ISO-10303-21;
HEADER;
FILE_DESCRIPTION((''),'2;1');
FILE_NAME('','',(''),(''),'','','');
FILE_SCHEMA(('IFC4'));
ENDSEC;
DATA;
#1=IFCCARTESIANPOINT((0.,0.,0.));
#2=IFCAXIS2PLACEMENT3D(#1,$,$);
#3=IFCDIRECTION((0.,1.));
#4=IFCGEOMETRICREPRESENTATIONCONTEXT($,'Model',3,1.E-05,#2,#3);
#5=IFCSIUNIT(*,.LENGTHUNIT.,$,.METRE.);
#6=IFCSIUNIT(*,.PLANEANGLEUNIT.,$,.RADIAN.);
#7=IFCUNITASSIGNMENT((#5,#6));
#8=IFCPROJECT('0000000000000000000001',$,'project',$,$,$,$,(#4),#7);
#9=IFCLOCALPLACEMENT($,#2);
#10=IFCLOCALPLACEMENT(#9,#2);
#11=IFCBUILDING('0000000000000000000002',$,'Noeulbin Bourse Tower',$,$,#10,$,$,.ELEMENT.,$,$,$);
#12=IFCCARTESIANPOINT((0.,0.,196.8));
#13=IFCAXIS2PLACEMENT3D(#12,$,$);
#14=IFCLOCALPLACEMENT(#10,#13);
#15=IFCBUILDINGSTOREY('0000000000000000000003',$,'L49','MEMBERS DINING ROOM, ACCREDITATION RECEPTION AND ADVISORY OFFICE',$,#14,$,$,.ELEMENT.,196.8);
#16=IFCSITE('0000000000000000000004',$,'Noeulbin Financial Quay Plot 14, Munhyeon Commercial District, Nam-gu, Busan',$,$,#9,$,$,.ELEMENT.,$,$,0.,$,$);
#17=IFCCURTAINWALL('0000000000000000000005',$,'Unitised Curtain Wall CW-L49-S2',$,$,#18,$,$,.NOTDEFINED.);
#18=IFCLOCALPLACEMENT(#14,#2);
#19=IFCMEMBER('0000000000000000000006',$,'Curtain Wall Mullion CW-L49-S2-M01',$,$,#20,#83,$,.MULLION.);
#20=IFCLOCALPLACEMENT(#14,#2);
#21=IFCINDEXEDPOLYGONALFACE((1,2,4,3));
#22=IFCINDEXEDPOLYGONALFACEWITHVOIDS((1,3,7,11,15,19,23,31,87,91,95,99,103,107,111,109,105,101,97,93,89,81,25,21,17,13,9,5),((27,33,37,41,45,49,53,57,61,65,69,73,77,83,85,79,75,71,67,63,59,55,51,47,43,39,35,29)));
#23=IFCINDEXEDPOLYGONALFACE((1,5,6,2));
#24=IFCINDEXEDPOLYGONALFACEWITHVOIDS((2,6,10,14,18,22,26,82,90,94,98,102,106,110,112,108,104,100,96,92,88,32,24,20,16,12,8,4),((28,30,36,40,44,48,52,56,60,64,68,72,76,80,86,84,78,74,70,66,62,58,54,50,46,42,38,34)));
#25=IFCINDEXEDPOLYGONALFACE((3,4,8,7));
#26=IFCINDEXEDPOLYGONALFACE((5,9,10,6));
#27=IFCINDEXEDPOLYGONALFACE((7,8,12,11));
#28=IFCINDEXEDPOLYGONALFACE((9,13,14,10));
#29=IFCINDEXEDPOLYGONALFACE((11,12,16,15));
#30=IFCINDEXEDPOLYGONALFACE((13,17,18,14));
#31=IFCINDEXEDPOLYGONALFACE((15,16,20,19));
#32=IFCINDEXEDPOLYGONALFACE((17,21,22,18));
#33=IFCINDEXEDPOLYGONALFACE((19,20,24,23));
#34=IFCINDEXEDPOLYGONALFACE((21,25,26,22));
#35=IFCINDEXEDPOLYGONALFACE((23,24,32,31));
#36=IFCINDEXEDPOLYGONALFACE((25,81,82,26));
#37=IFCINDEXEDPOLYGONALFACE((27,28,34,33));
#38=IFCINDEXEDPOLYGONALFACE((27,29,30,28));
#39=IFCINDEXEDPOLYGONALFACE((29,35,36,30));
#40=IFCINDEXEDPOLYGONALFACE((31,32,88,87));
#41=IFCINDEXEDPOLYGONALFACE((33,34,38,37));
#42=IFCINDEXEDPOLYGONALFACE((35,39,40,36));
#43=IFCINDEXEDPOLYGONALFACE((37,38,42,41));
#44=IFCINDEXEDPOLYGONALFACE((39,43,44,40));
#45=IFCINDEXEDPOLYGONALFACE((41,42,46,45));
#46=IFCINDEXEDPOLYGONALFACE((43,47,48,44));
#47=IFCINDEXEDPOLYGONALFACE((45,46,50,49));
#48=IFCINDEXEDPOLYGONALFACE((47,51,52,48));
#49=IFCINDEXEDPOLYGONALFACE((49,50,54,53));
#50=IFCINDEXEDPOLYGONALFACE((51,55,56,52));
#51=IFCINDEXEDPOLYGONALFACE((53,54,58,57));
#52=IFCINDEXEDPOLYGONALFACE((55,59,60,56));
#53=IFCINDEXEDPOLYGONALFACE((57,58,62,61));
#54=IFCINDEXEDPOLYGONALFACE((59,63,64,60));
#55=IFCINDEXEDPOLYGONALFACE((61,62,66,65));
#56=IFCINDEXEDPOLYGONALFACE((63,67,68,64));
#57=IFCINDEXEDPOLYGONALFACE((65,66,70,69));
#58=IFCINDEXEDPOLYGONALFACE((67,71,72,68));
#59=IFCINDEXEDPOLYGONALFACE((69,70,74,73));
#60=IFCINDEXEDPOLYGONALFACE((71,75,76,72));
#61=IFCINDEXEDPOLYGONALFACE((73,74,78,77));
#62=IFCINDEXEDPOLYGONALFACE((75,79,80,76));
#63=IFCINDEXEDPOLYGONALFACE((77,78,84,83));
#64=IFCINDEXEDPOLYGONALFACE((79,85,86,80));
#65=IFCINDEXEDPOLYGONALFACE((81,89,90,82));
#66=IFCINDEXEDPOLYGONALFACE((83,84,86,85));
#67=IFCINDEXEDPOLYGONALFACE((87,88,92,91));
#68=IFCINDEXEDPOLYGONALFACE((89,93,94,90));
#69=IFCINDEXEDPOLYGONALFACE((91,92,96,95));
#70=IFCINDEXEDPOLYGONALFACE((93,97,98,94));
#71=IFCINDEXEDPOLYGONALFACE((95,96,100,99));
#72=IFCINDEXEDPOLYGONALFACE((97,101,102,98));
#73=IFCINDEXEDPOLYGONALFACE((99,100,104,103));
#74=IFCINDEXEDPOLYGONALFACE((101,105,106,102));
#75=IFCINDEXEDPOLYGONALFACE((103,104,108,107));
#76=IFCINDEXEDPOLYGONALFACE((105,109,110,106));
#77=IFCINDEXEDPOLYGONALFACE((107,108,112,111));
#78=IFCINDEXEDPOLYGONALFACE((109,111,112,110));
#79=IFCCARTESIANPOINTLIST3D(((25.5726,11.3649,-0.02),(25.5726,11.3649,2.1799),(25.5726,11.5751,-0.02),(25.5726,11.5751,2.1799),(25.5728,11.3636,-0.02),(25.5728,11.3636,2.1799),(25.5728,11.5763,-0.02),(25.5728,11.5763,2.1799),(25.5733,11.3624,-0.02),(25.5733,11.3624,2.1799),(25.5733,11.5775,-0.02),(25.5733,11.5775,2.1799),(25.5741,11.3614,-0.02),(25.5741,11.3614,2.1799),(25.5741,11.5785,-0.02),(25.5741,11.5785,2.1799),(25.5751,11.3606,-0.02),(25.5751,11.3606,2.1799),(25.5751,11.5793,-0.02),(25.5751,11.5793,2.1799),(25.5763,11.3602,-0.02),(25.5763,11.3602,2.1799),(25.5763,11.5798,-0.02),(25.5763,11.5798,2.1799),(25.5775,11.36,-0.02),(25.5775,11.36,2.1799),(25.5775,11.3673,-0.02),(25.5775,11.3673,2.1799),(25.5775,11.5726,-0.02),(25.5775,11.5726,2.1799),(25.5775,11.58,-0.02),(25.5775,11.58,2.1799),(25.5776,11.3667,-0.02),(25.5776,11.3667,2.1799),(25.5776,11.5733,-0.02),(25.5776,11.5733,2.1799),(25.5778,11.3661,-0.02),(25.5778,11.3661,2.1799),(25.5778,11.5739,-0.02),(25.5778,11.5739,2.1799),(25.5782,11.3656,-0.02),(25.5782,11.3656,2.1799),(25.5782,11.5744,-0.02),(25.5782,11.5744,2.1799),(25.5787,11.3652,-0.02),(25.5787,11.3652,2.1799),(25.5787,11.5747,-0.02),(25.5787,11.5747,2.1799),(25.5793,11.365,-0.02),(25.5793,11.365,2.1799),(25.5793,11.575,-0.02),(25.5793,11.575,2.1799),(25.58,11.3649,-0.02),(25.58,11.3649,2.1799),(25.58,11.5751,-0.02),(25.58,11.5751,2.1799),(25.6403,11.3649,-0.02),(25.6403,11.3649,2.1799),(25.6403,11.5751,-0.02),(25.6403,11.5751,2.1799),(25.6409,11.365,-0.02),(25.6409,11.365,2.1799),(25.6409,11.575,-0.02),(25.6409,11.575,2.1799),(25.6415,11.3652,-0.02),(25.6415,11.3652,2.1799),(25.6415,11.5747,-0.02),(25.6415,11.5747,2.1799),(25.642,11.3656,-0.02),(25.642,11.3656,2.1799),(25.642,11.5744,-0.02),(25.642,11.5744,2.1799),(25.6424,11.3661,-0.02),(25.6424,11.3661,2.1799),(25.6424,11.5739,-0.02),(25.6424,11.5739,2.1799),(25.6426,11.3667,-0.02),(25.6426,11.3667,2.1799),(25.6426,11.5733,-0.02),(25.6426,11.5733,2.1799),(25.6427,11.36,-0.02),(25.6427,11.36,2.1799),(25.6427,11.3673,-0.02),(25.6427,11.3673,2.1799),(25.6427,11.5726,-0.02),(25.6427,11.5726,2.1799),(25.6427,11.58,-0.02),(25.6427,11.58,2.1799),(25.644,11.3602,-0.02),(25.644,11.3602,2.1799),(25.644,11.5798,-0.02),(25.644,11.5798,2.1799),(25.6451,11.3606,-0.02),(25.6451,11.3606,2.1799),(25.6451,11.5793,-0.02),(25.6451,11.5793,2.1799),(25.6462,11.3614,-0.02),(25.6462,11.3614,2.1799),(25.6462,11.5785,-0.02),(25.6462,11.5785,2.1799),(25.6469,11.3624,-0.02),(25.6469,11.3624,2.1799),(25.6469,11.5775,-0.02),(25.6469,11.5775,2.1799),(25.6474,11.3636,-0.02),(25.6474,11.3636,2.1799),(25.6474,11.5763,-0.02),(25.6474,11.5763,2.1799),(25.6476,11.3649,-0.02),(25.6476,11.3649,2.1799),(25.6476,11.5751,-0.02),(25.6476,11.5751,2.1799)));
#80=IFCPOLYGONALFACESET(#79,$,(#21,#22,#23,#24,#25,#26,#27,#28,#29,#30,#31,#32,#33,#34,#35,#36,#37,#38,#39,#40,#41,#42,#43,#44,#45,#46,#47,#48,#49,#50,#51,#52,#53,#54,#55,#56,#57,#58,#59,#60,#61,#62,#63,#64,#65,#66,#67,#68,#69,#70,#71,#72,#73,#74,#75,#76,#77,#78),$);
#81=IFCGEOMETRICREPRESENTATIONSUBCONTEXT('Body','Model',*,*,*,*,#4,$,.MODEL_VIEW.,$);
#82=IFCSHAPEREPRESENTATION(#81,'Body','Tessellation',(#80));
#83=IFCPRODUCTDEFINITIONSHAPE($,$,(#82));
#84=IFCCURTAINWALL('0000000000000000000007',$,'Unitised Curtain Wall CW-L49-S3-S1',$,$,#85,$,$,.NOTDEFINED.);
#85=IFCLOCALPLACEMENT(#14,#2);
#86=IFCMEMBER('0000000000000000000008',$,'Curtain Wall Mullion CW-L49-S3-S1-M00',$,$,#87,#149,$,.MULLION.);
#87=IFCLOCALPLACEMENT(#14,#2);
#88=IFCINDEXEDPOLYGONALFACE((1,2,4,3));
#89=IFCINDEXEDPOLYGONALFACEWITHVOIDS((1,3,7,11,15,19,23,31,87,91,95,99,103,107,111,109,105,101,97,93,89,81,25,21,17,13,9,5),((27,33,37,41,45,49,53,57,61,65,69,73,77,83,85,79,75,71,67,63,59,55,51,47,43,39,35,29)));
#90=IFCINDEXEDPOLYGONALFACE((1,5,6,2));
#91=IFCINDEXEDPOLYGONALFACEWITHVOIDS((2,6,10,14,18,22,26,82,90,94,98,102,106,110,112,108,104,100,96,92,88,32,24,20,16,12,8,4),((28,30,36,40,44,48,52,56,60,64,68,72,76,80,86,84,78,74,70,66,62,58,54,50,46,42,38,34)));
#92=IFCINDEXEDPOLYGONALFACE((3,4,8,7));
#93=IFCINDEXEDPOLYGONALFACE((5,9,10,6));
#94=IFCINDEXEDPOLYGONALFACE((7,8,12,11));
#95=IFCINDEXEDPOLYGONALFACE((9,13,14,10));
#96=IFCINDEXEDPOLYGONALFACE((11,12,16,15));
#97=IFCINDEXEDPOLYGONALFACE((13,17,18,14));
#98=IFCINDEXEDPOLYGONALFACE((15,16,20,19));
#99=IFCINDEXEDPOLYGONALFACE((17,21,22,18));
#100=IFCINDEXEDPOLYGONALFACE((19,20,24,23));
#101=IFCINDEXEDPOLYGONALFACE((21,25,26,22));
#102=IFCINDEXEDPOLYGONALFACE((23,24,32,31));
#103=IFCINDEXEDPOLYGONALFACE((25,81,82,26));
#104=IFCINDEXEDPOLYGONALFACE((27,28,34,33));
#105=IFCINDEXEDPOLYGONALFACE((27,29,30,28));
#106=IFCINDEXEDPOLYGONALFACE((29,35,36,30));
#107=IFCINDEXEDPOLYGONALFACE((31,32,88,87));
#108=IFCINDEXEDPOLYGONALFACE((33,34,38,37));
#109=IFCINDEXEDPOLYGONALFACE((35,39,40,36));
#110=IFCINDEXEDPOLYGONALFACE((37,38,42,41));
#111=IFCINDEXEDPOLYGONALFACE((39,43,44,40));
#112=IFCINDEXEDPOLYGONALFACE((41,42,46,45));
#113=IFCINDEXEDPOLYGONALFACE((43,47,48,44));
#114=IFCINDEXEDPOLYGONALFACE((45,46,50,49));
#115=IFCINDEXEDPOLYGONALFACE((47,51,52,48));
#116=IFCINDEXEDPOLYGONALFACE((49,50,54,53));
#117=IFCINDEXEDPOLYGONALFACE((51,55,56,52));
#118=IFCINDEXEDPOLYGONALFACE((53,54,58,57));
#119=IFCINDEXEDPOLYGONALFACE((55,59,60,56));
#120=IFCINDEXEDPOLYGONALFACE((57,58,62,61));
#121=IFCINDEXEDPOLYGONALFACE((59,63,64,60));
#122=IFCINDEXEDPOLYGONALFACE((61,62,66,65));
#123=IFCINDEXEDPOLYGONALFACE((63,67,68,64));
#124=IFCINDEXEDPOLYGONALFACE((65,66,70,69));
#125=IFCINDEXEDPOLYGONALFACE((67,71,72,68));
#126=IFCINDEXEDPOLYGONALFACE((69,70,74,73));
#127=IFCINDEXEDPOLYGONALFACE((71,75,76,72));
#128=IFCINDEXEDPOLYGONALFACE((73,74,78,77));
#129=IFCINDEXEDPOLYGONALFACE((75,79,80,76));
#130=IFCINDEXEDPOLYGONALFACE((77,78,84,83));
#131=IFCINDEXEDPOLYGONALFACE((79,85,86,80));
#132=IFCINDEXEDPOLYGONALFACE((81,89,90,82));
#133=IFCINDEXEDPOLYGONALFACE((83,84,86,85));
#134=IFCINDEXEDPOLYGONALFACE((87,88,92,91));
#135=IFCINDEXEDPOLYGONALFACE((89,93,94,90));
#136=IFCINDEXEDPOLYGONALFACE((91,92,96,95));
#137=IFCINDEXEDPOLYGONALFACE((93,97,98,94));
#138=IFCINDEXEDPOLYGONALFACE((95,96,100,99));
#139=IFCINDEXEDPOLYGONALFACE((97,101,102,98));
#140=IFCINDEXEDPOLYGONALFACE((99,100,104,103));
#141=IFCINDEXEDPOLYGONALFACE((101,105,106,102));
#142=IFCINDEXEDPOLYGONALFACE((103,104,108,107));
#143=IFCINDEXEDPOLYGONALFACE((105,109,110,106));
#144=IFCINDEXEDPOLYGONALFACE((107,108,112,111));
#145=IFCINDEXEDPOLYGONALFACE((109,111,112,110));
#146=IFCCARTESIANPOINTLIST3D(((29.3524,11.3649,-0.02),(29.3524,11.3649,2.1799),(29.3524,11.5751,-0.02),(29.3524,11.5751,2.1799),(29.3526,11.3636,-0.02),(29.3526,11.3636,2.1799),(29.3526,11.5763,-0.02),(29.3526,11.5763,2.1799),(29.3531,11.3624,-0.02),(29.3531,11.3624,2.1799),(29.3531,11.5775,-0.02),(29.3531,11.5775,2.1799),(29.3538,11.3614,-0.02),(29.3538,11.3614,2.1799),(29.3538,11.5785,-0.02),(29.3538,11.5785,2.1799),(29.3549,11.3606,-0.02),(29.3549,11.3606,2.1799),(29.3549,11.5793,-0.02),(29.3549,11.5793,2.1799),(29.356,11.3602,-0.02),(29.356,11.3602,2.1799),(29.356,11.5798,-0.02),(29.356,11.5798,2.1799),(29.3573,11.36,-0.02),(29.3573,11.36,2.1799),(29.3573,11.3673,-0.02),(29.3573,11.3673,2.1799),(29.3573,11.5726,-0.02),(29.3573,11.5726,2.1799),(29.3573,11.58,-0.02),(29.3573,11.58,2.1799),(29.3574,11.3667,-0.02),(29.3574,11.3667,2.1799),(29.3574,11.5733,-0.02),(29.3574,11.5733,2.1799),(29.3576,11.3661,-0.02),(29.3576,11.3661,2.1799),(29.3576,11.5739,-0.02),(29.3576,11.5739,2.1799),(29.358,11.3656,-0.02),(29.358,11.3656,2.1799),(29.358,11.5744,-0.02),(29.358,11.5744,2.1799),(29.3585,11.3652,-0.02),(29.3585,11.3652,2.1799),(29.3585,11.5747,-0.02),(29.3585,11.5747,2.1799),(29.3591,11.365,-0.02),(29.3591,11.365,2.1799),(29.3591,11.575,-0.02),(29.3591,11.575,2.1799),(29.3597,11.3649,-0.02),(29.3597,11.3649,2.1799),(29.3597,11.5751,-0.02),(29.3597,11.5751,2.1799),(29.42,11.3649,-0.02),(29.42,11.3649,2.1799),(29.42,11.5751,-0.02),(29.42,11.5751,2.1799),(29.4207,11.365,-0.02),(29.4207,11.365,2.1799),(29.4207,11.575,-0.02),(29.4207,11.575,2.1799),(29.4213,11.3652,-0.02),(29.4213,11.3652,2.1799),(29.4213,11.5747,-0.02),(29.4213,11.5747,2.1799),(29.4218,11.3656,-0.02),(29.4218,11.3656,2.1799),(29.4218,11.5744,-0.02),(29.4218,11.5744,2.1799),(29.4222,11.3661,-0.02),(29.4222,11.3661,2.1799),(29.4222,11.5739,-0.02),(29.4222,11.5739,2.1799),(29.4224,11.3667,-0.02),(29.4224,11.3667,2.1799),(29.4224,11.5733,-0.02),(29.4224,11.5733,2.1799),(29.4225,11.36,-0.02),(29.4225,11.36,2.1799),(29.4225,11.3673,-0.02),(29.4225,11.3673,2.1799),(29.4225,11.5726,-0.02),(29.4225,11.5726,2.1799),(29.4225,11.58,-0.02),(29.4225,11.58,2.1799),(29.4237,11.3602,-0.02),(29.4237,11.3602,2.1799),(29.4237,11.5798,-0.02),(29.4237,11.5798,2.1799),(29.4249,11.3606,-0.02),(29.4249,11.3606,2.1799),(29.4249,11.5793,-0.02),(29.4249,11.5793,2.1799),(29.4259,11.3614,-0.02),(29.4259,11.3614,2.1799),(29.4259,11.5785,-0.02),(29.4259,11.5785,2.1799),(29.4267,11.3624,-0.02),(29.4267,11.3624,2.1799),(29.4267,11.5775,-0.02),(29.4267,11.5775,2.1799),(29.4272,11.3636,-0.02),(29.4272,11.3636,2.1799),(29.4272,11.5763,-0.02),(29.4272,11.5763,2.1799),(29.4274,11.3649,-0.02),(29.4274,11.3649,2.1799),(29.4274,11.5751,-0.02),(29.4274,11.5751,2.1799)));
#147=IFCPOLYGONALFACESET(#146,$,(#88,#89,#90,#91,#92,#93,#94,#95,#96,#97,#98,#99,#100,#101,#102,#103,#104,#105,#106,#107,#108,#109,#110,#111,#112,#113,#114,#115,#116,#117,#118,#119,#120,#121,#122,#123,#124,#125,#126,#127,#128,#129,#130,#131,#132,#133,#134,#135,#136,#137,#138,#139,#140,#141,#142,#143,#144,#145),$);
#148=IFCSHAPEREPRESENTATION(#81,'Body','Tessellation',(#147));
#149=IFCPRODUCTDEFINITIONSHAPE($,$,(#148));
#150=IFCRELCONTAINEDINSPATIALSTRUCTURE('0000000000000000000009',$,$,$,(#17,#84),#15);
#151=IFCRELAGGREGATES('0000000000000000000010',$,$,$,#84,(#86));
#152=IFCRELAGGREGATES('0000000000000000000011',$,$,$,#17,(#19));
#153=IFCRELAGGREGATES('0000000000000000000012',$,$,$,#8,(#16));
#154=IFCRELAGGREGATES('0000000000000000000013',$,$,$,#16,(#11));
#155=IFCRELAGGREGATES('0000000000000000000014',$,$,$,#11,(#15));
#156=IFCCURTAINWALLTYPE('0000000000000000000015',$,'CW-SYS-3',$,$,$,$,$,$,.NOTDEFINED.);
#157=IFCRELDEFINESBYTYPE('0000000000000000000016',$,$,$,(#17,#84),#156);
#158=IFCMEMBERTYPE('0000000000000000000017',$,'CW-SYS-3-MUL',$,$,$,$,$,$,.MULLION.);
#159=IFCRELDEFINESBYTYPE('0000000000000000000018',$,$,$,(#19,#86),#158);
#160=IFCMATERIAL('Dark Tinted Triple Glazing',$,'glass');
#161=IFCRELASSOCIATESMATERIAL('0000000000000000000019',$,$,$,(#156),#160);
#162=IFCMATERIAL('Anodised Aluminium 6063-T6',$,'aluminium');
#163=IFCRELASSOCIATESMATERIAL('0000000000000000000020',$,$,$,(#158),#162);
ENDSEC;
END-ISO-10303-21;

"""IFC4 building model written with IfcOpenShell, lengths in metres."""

from ifc_helpers import new_model, si_unit, direction, frame, origin, origin_2d, place, context, subcontext, project, spatial, hollow_rectangle, extrude, material, material_profile, profile_set, type_object, element, aggregate, save


model = new_model("IFC4")

# Units and contexts
model_context = context("Model", 3, precision=1e-05, world=origin(), true_north=direction((0.0, 1.0)))
body_context = subcontext(model_context, "Body", "Model", "MODEL_VIEW")
ifc_project = project(units=[si_unit("LENGTHUNIT", "METRE"), si_unit("PLANEANGLEUNIT", "RADIAN")], contexts=[model_context])

# Site, building, storey
site_placement = place(None, origin())
site = spatial("IfcSite", under=ifc_project, at=site_placement, Name="Noeulbin Financial Quay Plot 14, Munhyeon Commercial District, Nam-gu, Busan", CompositionType="ELEMENT", RefElevation=0.0)
building_placement = place(site_placement, origin())
building = spatial("IfcBuilding", under=site, at=building_placement, Name="Noeulbin Bourse Tower", CompositionType="ELEMENT")
storey_placement = place(building_placement, frame((0.0, 0.0, 196.8)))
storey = spatial("IfcBuildingStorey", under=building, at=storey_placement, Name="L49", Description="MEMBERS DINING ROOM, ACCREDITATION RECEPTION AND ADVISORY OFFICE", CompositionType="ELEMENT", Elevation=196.8)

# Shared definitions
ifc_material_1 = material(Name="Dark Tinted Triple Glazing", Category="glass")
curtain_wall_type = type_object("IfcCurtainWallType", Name="CW-SYS-3", PredefinedType="NOTDEFINED", material=ifc_material_1)
ifc_material_2 = material(Name="Anodised Aluminium 6063-T6", Category="aluminium")
ifc_material_profile_1 = material_profile(ifc_material_2, hollow_rectangle(XDim=0.075, YDim=0.22, WallThickness=0.0049, InnerFilletRadius=0.0024, OuterFilletRadius=0.0049, at=origin_2d()), Name="ALU-MULL-75x220x5", Category="LoadBearing")
ifc_profile_set_1 = profile_set([ifc_material_profile_1], Name="Anodised Aluminium 6063-T6")
member_type_1 = type_object("IfcMemberType", Name="CW-SYS-3-MUL", PredefinedType="MULLION", material=ifc_profile_set_1)

# Curtain wall, member
curtain_wall_1_placement = place(storey_placement, origin())
curtain_wall_1 = element("IfcCurtainWall", 1, at=curtain_wall_1_placement, inside=storey, type_object=curtain_wall_type, Name="Unitised Curtain Wall CW-L49-S2", PredefinedType="NOTDEFINED")
member_1_placement = place(storey_placement, frame((25.6101, 11.47, -0.02), z_axis=(0.0, 0.0, 1.0), x_axis=(1.0, 0.0, 0.0)))
member_1 = element("IfcMember", 2, at=member_1_placement, type_object=member_type_1, Name="Curtain Wall Mullion CW-L49-S2-M01", PredefinedType="MULLION", context=body_context, shape_type="SweptSolid", body=[
    extrude(hollow_rectangle(XDim=0.075, YDim=0.22, WallThickness=0.0049, InnerFilletRadius=0.0024, OuterFilletRadius=0.0049, at=origin_2d()), origin(), (0.0, 0.0, 1.0), 2.2),
])

# Curtain wall, member
curtain_wall_2_placement = place(storey_placement, origin())
curtain_wall_2 = element("IfcCurtainWall", 3, at=curtain_wall_2_placement, inside=storey, type_object=curtain_wall_type, Name="Unitised Curtain Wall CW-L49-S3-S1", PredefinedType="NOTDEFINED")
member_2_placement = place(storey_placement, frame((29.3899, 11.47, -0.02), z_axis=(0.0, 0.0, 1.0), x_axis=(1.0, 0.0, 0.0)))
member_2 = element("IfcMember", 4, at=member_2_placement, type_object=member_type_1, Name="Curtain Wall Mullion CW-L49-S3-S1-M00", PredefinedType="MULLION", context=body_context, shape_type="SweptSolid", body=[
    extrude(hollow_rectangle(XDim=0.075, YDim=0.22, WallThickness=0.0049, InnerFilletRadius=0.0024, OuterFilletRadius=0.0049, at=origin_2d()), origin(), (0.0, 0.0, 1.0), 2.2),
])

aggregate(curtain_wall_2, [member_2])

aggregate(curtain_wall_1, [member_1])

save(model, "model.ifc")
